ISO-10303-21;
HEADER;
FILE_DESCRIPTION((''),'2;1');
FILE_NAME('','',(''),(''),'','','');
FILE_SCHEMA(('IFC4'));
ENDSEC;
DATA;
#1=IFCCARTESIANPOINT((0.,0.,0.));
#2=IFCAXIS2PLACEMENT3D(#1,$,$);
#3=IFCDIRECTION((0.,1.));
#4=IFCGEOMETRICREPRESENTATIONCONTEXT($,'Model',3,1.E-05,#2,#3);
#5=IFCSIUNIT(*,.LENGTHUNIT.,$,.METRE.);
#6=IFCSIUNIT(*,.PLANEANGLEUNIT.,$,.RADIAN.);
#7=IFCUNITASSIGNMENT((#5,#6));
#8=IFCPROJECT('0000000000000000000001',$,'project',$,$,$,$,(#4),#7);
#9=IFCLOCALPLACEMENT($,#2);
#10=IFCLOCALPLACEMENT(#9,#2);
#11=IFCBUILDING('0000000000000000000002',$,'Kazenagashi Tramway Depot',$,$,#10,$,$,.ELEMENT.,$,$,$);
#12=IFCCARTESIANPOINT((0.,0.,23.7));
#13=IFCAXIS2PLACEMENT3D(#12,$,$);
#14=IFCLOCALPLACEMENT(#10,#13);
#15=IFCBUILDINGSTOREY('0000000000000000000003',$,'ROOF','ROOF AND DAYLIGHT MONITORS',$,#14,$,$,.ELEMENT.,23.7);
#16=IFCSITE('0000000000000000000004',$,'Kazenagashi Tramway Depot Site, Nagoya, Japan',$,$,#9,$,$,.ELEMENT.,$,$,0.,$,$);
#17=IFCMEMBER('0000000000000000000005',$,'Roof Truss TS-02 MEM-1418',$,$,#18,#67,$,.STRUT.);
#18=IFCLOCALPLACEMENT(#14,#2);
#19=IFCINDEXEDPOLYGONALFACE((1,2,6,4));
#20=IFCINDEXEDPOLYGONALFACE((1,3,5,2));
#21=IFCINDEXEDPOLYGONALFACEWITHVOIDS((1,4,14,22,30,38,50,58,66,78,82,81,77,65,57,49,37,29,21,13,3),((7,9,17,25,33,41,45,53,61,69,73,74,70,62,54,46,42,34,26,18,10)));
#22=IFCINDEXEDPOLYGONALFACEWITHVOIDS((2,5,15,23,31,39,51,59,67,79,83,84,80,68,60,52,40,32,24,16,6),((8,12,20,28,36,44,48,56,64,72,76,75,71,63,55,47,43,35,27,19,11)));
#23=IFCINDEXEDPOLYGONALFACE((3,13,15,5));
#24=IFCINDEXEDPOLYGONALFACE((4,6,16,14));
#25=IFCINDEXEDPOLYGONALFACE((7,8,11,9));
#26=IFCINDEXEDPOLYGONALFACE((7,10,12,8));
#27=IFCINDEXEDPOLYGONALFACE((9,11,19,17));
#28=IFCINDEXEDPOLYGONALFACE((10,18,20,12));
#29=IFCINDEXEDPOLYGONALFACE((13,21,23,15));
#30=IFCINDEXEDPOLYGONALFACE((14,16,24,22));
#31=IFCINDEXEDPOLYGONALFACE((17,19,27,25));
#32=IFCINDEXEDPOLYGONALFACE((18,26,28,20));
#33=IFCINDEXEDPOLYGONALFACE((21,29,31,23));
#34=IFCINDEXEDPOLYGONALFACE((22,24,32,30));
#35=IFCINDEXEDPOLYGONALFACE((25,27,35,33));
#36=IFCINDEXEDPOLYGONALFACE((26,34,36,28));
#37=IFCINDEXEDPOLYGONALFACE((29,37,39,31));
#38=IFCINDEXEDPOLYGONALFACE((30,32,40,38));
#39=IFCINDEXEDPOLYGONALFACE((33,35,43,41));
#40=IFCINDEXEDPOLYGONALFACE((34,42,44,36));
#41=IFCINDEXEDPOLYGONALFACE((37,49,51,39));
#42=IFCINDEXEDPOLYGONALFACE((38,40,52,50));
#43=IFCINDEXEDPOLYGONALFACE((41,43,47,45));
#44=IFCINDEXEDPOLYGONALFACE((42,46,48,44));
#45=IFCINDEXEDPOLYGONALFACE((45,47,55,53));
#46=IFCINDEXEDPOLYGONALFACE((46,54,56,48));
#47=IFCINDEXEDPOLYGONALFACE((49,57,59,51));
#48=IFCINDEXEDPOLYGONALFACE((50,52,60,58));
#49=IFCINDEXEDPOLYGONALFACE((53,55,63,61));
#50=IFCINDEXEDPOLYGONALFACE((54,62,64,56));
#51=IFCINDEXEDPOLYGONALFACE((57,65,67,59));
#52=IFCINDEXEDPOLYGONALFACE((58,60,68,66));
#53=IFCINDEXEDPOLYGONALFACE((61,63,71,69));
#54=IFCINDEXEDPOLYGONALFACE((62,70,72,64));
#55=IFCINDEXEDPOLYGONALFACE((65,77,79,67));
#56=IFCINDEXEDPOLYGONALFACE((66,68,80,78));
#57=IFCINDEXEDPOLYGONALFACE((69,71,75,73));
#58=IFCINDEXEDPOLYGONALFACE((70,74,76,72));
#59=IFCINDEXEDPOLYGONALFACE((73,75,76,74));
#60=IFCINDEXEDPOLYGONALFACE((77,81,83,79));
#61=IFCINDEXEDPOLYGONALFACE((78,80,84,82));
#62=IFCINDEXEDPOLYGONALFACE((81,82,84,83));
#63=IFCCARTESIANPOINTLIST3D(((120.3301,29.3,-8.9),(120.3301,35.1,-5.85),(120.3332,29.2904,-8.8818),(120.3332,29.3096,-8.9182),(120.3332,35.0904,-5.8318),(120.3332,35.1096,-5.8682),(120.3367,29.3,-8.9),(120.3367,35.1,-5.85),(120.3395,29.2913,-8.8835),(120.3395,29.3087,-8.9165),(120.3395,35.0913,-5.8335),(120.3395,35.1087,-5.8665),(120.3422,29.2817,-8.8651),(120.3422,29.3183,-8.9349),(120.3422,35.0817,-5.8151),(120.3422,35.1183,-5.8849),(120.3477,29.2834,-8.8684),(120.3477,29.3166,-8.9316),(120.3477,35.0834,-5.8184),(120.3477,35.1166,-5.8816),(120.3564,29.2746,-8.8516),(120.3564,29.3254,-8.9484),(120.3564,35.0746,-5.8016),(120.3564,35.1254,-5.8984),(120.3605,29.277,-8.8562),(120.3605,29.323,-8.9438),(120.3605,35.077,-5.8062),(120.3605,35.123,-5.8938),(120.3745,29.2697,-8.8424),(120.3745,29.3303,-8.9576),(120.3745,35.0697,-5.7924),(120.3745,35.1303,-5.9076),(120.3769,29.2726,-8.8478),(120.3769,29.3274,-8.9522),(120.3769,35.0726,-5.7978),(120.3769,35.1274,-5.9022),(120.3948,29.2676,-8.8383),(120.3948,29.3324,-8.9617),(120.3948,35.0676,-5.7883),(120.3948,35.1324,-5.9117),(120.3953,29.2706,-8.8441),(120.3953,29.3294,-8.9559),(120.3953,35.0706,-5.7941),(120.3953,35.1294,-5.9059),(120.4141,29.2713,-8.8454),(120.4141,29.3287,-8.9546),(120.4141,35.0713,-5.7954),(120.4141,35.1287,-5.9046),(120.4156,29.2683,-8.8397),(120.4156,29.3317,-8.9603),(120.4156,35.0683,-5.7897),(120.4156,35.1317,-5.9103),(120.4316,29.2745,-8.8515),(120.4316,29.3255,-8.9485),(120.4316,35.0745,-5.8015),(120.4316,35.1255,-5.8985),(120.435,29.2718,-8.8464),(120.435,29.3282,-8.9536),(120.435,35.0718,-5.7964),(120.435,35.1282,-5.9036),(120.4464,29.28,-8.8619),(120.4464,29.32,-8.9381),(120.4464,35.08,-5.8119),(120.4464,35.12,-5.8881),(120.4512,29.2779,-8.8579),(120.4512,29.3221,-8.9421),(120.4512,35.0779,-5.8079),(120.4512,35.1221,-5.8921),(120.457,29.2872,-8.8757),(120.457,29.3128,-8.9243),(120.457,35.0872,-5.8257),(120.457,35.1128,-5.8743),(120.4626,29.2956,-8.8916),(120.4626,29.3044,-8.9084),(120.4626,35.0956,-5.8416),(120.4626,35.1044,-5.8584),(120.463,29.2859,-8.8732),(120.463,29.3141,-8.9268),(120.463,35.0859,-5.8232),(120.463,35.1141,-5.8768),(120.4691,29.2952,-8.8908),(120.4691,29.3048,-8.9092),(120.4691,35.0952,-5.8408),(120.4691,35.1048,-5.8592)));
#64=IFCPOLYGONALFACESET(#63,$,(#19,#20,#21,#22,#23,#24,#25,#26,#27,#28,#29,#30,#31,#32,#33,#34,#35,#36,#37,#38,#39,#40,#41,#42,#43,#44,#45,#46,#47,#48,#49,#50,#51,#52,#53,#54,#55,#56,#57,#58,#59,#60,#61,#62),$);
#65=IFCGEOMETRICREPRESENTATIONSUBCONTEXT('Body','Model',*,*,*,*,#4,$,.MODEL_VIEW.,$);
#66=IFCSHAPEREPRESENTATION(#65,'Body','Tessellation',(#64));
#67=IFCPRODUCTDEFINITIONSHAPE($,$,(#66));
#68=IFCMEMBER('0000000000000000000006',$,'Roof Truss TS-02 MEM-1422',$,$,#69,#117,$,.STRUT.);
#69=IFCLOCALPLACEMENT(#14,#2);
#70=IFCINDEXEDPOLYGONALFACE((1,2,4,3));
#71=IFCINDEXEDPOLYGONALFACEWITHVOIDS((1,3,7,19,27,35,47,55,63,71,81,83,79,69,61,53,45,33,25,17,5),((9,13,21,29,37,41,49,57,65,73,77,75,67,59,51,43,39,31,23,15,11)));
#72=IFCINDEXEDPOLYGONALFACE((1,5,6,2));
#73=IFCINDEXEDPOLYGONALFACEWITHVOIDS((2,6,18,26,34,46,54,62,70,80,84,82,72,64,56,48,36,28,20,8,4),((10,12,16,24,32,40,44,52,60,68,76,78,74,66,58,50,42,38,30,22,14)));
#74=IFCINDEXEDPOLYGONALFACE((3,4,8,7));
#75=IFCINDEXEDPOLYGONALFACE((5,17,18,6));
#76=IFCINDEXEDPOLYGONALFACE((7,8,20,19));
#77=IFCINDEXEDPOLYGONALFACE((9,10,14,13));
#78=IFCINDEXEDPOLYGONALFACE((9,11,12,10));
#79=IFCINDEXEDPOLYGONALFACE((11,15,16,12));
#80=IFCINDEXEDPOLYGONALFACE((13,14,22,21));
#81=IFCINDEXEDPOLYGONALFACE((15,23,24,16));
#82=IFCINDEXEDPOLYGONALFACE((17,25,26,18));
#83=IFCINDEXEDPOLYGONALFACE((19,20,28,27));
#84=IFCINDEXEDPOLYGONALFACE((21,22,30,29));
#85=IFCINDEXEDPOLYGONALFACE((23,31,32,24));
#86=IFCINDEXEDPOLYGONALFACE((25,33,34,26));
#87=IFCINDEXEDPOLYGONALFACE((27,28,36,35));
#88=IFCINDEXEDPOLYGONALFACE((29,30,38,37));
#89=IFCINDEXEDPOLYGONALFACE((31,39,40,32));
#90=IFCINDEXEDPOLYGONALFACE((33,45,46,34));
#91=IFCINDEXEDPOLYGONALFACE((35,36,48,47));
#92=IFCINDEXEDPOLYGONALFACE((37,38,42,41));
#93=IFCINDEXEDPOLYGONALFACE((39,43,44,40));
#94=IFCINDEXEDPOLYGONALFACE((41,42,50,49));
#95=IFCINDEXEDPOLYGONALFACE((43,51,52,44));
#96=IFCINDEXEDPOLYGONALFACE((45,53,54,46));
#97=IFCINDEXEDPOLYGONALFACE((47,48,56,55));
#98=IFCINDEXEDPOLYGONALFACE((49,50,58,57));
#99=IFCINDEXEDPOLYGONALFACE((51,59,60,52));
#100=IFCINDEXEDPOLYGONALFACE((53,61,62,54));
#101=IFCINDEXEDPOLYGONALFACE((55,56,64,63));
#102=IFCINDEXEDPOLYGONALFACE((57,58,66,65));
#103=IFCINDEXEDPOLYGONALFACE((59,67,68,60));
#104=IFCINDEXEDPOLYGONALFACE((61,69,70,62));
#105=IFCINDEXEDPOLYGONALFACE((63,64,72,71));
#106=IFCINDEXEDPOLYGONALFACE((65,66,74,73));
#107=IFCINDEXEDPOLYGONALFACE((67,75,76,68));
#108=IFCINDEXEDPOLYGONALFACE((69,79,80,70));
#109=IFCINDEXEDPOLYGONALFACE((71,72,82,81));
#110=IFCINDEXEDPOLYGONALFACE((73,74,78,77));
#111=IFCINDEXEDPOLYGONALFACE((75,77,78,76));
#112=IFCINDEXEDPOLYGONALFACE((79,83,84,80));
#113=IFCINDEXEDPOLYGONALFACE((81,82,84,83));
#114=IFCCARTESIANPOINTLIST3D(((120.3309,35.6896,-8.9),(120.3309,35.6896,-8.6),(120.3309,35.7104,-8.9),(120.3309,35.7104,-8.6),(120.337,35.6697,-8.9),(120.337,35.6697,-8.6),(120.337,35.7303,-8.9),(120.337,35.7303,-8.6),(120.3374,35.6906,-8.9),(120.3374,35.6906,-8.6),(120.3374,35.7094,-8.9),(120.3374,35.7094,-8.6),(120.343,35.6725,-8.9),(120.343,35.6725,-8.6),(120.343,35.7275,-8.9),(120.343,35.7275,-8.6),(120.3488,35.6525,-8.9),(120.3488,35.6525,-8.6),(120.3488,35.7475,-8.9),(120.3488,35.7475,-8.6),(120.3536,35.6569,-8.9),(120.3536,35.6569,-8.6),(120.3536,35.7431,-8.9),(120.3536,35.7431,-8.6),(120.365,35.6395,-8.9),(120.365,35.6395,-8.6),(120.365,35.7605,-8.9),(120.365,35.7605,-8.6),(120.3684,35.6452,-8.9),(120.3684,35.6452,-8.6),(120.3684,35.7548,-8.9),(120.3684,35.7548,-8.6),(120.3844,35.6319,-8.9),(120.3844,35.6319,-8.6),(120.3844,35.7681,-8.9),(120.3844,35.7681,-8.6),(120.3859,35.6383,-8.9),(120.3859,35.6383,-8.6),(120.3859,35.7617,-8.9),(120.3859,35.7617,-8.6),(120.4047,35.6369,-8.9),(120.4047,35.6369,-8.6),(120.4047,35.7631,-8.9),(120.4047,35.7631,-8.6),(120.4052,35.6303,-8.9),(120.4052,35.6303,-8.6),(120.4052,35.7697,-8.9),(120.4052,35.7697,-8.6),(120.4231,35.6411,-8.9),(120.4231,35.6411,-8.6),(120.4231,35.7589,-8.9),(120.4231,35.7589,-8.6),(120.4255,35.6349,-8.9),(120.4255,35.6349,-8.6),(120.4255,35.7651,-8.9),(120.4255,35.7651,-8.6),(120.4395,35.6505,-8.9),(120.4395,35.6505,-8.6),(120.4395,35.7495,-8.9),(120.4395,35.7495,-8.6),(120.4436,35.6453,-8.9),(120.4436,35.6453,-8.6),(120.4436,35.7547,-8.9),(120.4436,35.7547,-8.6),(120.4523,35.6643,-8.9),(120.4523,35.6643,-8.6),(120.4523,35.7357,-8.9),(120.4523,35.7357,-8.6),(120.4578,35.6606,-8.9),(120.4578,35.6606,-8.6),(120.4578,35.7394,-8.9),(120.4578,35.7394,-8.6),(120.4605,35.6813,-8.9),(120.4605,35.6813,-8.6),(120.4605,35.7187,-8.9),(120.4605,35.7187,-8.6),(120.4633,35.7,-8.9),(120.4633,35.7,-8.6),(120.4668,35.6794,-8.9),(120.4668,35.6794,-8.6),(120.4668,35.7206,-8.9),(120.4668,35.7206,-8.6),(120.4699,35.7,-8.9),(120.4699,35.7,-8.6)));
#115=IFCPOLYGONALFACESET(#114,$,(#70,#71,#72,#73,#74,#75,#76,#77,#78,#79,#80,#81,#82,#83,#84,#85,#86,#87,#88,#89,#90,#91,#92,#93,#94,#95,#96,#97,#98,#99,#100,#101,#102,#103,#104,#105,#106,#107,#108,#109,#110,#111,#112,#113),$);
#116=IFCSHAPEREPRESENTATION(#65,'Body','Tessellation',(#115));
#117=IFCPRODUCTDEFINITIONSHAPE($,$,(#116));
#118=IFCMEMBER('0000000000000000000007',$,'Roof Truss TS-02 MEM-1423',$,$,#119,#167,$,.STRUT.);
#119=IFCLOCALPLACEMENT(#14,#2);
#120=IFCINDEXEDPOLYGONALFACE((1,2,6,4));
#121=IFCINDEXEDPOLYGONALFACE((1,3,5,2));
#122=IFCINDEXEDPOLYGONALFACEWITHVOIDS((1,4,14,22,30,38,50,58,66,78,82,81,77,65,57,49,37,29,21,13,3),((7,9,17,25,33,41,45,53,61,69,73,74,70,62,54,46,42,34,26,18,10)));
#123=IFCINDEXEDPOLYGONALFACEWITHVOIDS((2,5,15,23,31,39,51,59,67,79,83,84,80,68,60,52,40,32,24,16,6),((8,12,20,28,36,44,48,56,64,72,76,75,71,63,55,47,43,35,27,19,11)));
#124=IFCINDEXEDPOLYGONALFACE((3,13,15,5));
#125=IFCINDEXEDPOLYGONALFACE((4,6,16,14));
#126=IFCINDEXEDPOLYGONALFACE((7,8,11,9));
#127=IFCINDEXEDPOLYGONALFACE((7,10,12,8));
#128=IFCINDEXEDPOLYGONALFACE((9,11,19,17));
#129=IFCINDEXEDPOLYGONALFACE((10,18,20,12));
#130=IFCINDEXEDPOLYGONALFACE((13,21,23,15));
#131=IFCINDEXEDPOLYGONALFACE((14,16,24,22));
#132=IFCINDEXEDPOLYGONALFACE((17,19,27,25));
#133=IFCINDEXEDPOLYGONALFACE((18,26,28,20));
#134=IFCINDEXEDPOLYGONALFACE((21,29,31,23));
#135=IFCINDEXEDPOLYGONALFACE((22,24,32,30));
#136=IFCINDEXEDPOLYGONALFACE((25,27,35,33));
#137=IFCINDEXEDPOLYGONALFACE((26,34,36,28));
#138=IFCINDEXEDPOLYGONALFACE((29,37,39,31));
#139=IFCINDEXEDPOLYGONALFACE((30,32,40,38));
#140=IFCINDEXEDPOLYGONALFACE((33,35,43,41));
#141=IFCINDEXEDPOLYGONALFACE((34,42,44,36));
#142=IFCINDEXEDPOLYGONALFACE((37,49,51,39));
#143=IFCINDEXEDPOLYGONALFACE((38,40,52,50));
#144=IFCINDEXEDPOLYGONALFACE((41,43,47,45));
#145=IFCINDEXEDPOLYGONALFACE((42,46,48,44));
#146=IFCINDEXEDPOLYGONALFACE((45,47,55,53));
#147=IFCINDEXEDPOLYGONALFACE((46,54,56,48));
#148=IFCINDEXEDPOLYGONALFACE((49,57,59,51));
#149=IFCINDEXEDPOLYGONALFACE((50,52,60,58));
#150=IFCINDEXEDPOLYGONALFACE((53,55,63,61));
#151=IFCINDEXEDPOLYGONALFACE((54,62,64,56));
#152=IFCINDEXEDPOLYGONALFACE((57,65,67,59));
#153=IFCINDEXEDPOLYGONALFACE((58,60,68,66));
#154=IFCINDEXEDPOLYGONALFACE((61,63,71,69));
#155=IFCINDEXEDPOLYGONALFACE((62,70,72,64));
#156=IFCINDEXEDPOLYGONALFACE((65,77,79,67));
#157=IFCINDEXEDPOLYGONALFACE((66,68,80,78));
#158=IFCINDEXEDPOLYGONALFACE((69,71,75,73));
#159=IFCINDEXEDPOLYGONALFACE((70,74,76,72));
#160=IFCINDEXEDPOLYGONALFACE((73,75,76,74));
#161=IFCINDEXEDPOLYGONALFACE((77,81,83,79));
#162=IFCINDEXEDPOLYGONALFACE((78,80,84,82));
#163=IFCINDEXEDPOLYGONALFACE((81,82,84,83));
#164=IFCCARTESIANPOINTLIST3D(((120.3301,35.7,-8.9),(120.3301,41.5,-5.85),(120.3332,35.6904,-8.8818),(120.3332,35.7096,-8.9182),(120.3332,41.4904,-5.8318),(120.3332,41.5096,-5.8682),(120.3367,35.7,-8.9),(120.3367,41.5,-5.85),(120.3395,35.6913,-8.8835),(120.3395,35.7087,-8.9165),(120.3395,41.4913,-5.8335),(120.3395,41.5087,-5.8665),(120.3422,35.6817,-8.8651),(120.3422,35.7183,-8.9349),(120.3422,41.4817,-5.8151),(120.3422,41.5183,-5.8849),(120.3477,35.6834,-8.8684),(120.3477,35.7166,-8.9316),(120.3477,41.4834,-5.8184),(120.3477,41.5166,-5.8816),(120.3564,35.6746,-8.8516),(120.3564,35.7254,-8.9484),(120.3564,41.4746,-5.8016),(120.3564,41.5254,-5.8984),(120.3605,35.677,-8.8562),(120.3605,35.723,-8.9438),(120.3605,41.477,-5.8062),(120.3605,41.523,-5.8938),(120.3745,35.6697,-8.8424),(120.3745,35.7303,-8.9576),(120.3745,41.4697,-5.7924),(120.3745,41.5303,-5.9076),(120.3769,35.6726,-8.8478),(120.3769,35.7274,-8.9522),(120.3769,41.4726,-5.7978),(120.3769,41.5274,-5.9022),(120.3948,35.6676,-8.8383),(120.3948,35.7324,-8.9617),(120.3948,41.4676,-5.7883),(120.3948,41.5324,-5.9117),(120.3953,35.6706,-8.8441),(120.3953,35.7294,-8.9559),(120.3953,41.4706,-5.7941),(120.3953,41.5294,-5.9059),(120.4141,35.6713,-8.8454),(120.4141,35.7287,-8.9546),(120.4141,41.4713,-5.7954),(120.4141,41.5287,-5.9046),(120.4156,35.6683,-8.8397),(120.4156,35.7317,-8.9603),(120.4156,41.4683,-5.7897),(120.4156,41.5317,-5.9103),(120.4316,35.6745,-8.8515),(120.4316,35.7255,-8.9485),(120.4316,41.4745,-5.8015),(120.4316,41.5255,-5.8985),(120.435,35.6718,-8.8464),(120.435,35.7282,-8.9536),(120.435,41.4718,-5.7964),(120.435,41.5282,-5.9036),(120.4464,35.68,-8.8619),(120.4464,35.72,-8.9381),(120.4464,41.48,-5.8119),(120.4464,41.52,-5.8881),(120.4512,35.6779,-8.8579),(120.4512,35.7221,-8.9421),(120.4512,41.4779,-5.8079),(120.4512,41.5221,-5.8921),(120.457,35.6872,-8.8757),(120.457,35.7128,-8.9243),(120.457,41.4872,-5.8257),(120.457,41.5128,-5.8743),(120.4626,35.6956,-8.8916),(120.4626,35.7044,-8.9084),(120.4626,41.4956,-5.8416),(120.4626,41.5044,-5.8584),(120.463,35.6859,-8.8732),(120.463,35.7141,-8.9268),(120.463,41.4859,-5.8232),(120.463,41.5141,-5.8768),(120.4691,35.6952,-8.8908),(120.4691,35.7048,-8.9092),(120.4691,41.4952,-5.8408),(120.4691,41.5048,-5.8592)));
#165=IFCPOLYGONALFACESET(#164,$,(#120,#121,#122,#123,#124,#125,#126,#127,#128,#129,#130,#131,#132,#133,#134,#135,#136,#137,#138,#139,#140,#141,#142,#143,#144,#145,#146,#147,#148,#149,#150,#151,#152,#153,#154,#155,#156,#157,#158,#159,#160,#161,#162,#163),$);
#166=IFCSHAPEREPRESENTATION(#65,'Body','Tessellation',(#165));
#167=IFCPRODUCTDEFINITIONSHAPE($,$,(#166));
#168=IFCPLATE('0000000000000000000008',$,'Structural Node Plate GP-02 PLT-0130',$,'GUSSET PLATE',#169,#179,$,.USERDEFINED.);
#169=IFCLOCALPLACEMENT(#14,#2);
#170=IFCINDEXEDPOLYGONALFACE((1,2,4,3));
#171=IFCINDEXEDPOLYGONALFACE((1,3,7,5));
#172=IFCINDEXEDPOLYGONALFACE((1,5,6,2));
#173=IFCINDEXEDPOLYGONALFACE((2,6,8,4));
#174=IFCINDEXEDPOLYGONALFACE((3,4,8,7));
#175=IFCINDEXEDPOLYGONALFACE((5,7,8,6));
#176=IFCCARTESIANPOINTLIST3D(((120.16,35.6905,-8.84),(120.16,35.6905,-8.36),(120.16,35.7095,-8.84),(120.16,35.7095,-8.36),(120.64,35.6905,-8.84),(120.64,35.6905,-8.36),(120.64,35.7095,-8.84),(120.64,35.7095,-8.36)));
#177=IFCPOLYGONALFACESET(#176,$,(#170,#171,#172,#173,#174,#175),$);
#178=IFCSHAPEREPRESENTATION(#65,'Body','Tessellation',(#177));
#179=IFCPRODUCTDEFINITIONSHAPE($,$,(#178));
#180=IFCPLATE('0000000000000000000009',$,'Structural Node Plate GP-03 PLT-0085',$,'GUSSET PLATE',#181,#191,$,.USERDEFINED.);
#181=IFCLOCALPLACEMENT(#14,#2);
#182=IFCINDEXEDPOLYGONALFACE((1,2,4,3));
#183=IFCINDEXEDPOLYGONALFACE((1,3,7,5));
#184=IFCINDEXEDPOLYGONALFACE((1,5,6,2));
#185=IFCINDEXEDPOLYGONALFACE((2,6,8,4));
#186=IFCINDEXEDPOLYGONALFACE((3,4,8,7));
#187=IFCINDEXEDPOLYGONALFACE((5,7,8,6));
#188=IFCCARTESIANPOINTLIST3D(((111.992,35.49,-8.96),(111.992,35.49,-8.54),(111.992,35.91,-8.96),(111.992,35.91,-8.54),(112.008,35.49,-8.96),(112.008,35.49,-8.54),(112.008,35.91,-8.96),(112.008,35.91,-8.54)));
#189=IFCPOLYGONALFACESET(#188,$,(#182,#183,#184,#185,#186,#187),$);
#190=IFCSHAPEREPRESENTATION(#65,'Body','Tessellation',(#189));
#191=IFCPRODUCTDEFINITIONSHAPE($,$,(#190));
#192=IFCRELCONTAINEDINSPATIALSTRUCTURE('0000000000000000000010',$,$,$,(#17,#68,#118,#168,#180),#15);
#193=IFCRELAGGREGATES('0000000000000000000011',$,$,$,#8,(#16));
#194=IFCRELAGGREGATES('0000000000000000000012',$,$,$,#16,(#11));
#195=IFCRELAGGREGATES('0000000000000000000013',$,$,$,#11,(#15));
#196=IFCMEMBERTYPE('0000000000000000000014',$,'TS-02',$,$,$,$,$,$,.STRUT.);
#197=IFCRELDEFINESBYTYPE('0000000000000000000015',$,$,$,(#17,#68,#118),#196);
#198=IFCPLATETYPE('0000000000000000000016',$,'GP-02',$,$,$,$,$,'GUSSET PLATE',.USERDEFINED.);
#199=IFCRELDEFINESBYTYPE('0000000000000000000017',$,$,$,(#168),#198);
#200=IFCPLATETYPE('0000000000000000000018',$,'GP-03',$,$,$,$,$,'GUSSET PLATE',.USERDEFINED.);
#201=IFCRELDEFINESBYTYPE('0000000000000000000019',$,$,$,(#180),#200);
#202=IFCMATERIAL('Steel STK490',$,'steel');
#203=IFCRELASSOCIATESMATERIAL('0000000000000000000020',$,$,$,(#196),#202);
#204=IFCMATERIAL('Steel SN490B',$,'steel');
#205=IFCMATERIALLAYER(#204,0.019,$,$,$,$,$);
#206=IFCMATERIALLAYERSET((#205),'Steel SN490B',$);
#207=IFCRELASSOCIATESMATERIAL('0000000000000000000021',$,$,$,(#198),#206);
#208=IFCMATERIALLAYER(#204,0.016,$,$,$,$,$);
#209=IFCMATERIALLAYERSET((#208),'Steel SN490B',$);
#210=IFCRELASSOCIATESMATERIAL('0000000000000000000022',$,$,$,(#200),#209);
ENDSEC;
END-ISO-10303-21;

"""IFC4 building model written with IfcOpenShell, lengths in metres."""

from ifc_helpers import new_model, si_unit, direction, frame, origin, origin_2d, place, context, subcontext, project, spatial, rectangle, hollow_circle, extrude, material, layer, layer_set, material_profile, profile_set, type_object, element, save


model = new_model("IFC4")

# Units and contexts
model_context = context("Model", 3, precision=1e-05, world=origin(), true_north=direction((0.0, 1.0)))
body_context = subcontext(model_context, "Body", "Model", "MODEL_VIEW")
ifc_project = project(units=[si_unit("LENGTHUNIT", "METRE"), si_unit("PLANEANGLEUNIT", "RADIAN")], contexts=[model_context])

# Site, building, storey
site_placement = place(None, origin())
site = spatial("IfcSite", under=ifc_project, at=site_placement, Name="Kazenagashi Tramway Depot Site, Nagoya, Japan", CompositionType="ELEMENT", RefElevation=0.0)
building_placement = place(site_placement, origin())
building = spatial("IfcBuilding", under=site, at=building_placement, Name="Kazenagashi Tramway Depot", CompositionType="ELEMENT")
storey_placement = place(building_placement, frame((0.0, 0.0, 23.7)))
storey = spatial("IfcBuildingStorey", under=building, at=storey_placement, Name="ROOF", Description="ROOF AND DAYLIGHT MONITORS", CompositionType="ELEMENT", Elevation=23.7)

# Shared definitions
ifc_material_1 = material(Name="Steel SN490B", Category="steel")

# Members
ifc_material_2 = material(Name="Steel STK490", Category="steel")
ifc_material_profile_1 = material_profile(ifc_material_2, hollow_circle(Radius=0.0699, WallThickness=0.0066, at=origin_2d()), Name="CHS-139.8x6.6")
ifc_profile_set_1 = profile_set([ifc_material_profile_1], Name="Steel STK490")
member_type_1 = type_object("IfcMemberType", Name="TS-02", PredefinedType="STRUT", material=ifc_profile_set_1)
member_1_placement = place(storey_placement, frame((120.4, 29.3, -8.9), z_axis=(0.0, 0.885084, 0.465432), x_axis=(-1.0, 0.0, 0.0)))
element("IfcMember", 1, at=member_1_placement, inside=storey, type_object=member_type_1, Name="Roof Truss TS-02 MEM-1418", PredefinedType="STRUT", context=body_context, shape_type="SweptSolid", body=[
    extrude(hollow_circle(Radius=0.0699, WallThickness=0.0066, at=origin_2d()), origin(), (0.0, 0.0, 1.0), 6.5531),
])
member_2_placement = place(storey_placement, frame((120.4, 35.7, -8.9), z_axis=(0.0, 0.0, 1.0), x_axis=(1.0, 0.0, 0.0)))
element("IfcMember", 2, at=member_2_placement, inside=storey, type_object=member_type_1, Name="Roof Truss TS-02 MEM-1422", PredefinedType="STRUT", context=body_context, shape_type="SweptSolid", body=[
    extrude(hollow_circle(Radius=0.0699, WallThickness=0.0066, at=origin_2d()), origin(), (0.0, 0.0, 1.0), 0.3),
])
member_3_placement = place(storey_placement, frame((120.4, 35.7, -8.9), z_axis=(0.0, 0.885084, 0.465432), x_axis=(-1.0, 0.0, 0.0)))
element("IfcMember", 3, at=member_3_placement, inside=storey, type_object=member_type_1, Name="Roof Truss TS-02 MEM-1423", PredefinedType="STRUT", context=body_context, shape_type="SweptSolid", body=[
    extrude(hollow_circle(Radius=0.0699, WallThickness=0.0066, at=origin_2d()), origin(), (0.0, 0.0, 1.0), 6.5531),
])

# Plates
ifc_layer_1 = layer(ifc_material_1, 0.019)
ifc_layer_set_1 = layer_set([ifc_layer_1], Name="Steel SN490B")
plate_type_1 = type_object("IfcPlateType", Name="GP-02", ElementType="GUSSET PLATE", PredefinedType="USERDEFINED", material=ifc_layer_set_1)
plate_1_placement = place(storey_placement, frame((120.4, 35.7, -8.84), z_axis=(0.0, 0.0, 1.0), x_axis=(1.0, 0.0, 0.0)))
element("IfcPlate", 4, at=plate_1_placement, inside=storey, type_object=plate_type_1, Name="Structural Node Plate GP-02 PLT-0130", ObjectType="GUSSET PLATE", PredefinedType="USERDEFINED", context=body_context, shape_type="SweptSolid", body=[
    extrude(rectangle(XDim=0.48, YDim=0.019, at=origin_2d()), origin(), (0.0, 0.0, 1.0), 0.48),
])
ifc_layer_2 = layer(ifc_material_1, 0.016)
ifc_layer_set_2 = layer_set([ifc_layer_2], Name="Steel SN490B")
plate_type_2 = type_object("IfcPlateType", Name="GP-03", ElementType="GUSSET PLATE", PredefinedType="USERDEFINED", material=ifc_layer_set_2)
plate_2_placement = place(storey_placement, frame((112.0, 35.7, -8.96), z_axis=(0.0, 0.0, 1.0), x_axis=(0.0, 1.0, 0.0)))
element("IfcPlate", 5, at=plate_2_placement, inside=storey, type_object=plate_type_2, Name="Structural Node Plate GP-03 PLT-0085", ObjectType="GUSSET PLATE", PredefinedType="USERDEFINED", context=body_context, shape_type="SweptSolid", body=[
    extrude(rectangle(XDim=0.42, YDim=0.016, at=origin_2d()), origin(), (0.0, 0.0, 1.0), 0.42),
])

save(model, "model.ifc")
